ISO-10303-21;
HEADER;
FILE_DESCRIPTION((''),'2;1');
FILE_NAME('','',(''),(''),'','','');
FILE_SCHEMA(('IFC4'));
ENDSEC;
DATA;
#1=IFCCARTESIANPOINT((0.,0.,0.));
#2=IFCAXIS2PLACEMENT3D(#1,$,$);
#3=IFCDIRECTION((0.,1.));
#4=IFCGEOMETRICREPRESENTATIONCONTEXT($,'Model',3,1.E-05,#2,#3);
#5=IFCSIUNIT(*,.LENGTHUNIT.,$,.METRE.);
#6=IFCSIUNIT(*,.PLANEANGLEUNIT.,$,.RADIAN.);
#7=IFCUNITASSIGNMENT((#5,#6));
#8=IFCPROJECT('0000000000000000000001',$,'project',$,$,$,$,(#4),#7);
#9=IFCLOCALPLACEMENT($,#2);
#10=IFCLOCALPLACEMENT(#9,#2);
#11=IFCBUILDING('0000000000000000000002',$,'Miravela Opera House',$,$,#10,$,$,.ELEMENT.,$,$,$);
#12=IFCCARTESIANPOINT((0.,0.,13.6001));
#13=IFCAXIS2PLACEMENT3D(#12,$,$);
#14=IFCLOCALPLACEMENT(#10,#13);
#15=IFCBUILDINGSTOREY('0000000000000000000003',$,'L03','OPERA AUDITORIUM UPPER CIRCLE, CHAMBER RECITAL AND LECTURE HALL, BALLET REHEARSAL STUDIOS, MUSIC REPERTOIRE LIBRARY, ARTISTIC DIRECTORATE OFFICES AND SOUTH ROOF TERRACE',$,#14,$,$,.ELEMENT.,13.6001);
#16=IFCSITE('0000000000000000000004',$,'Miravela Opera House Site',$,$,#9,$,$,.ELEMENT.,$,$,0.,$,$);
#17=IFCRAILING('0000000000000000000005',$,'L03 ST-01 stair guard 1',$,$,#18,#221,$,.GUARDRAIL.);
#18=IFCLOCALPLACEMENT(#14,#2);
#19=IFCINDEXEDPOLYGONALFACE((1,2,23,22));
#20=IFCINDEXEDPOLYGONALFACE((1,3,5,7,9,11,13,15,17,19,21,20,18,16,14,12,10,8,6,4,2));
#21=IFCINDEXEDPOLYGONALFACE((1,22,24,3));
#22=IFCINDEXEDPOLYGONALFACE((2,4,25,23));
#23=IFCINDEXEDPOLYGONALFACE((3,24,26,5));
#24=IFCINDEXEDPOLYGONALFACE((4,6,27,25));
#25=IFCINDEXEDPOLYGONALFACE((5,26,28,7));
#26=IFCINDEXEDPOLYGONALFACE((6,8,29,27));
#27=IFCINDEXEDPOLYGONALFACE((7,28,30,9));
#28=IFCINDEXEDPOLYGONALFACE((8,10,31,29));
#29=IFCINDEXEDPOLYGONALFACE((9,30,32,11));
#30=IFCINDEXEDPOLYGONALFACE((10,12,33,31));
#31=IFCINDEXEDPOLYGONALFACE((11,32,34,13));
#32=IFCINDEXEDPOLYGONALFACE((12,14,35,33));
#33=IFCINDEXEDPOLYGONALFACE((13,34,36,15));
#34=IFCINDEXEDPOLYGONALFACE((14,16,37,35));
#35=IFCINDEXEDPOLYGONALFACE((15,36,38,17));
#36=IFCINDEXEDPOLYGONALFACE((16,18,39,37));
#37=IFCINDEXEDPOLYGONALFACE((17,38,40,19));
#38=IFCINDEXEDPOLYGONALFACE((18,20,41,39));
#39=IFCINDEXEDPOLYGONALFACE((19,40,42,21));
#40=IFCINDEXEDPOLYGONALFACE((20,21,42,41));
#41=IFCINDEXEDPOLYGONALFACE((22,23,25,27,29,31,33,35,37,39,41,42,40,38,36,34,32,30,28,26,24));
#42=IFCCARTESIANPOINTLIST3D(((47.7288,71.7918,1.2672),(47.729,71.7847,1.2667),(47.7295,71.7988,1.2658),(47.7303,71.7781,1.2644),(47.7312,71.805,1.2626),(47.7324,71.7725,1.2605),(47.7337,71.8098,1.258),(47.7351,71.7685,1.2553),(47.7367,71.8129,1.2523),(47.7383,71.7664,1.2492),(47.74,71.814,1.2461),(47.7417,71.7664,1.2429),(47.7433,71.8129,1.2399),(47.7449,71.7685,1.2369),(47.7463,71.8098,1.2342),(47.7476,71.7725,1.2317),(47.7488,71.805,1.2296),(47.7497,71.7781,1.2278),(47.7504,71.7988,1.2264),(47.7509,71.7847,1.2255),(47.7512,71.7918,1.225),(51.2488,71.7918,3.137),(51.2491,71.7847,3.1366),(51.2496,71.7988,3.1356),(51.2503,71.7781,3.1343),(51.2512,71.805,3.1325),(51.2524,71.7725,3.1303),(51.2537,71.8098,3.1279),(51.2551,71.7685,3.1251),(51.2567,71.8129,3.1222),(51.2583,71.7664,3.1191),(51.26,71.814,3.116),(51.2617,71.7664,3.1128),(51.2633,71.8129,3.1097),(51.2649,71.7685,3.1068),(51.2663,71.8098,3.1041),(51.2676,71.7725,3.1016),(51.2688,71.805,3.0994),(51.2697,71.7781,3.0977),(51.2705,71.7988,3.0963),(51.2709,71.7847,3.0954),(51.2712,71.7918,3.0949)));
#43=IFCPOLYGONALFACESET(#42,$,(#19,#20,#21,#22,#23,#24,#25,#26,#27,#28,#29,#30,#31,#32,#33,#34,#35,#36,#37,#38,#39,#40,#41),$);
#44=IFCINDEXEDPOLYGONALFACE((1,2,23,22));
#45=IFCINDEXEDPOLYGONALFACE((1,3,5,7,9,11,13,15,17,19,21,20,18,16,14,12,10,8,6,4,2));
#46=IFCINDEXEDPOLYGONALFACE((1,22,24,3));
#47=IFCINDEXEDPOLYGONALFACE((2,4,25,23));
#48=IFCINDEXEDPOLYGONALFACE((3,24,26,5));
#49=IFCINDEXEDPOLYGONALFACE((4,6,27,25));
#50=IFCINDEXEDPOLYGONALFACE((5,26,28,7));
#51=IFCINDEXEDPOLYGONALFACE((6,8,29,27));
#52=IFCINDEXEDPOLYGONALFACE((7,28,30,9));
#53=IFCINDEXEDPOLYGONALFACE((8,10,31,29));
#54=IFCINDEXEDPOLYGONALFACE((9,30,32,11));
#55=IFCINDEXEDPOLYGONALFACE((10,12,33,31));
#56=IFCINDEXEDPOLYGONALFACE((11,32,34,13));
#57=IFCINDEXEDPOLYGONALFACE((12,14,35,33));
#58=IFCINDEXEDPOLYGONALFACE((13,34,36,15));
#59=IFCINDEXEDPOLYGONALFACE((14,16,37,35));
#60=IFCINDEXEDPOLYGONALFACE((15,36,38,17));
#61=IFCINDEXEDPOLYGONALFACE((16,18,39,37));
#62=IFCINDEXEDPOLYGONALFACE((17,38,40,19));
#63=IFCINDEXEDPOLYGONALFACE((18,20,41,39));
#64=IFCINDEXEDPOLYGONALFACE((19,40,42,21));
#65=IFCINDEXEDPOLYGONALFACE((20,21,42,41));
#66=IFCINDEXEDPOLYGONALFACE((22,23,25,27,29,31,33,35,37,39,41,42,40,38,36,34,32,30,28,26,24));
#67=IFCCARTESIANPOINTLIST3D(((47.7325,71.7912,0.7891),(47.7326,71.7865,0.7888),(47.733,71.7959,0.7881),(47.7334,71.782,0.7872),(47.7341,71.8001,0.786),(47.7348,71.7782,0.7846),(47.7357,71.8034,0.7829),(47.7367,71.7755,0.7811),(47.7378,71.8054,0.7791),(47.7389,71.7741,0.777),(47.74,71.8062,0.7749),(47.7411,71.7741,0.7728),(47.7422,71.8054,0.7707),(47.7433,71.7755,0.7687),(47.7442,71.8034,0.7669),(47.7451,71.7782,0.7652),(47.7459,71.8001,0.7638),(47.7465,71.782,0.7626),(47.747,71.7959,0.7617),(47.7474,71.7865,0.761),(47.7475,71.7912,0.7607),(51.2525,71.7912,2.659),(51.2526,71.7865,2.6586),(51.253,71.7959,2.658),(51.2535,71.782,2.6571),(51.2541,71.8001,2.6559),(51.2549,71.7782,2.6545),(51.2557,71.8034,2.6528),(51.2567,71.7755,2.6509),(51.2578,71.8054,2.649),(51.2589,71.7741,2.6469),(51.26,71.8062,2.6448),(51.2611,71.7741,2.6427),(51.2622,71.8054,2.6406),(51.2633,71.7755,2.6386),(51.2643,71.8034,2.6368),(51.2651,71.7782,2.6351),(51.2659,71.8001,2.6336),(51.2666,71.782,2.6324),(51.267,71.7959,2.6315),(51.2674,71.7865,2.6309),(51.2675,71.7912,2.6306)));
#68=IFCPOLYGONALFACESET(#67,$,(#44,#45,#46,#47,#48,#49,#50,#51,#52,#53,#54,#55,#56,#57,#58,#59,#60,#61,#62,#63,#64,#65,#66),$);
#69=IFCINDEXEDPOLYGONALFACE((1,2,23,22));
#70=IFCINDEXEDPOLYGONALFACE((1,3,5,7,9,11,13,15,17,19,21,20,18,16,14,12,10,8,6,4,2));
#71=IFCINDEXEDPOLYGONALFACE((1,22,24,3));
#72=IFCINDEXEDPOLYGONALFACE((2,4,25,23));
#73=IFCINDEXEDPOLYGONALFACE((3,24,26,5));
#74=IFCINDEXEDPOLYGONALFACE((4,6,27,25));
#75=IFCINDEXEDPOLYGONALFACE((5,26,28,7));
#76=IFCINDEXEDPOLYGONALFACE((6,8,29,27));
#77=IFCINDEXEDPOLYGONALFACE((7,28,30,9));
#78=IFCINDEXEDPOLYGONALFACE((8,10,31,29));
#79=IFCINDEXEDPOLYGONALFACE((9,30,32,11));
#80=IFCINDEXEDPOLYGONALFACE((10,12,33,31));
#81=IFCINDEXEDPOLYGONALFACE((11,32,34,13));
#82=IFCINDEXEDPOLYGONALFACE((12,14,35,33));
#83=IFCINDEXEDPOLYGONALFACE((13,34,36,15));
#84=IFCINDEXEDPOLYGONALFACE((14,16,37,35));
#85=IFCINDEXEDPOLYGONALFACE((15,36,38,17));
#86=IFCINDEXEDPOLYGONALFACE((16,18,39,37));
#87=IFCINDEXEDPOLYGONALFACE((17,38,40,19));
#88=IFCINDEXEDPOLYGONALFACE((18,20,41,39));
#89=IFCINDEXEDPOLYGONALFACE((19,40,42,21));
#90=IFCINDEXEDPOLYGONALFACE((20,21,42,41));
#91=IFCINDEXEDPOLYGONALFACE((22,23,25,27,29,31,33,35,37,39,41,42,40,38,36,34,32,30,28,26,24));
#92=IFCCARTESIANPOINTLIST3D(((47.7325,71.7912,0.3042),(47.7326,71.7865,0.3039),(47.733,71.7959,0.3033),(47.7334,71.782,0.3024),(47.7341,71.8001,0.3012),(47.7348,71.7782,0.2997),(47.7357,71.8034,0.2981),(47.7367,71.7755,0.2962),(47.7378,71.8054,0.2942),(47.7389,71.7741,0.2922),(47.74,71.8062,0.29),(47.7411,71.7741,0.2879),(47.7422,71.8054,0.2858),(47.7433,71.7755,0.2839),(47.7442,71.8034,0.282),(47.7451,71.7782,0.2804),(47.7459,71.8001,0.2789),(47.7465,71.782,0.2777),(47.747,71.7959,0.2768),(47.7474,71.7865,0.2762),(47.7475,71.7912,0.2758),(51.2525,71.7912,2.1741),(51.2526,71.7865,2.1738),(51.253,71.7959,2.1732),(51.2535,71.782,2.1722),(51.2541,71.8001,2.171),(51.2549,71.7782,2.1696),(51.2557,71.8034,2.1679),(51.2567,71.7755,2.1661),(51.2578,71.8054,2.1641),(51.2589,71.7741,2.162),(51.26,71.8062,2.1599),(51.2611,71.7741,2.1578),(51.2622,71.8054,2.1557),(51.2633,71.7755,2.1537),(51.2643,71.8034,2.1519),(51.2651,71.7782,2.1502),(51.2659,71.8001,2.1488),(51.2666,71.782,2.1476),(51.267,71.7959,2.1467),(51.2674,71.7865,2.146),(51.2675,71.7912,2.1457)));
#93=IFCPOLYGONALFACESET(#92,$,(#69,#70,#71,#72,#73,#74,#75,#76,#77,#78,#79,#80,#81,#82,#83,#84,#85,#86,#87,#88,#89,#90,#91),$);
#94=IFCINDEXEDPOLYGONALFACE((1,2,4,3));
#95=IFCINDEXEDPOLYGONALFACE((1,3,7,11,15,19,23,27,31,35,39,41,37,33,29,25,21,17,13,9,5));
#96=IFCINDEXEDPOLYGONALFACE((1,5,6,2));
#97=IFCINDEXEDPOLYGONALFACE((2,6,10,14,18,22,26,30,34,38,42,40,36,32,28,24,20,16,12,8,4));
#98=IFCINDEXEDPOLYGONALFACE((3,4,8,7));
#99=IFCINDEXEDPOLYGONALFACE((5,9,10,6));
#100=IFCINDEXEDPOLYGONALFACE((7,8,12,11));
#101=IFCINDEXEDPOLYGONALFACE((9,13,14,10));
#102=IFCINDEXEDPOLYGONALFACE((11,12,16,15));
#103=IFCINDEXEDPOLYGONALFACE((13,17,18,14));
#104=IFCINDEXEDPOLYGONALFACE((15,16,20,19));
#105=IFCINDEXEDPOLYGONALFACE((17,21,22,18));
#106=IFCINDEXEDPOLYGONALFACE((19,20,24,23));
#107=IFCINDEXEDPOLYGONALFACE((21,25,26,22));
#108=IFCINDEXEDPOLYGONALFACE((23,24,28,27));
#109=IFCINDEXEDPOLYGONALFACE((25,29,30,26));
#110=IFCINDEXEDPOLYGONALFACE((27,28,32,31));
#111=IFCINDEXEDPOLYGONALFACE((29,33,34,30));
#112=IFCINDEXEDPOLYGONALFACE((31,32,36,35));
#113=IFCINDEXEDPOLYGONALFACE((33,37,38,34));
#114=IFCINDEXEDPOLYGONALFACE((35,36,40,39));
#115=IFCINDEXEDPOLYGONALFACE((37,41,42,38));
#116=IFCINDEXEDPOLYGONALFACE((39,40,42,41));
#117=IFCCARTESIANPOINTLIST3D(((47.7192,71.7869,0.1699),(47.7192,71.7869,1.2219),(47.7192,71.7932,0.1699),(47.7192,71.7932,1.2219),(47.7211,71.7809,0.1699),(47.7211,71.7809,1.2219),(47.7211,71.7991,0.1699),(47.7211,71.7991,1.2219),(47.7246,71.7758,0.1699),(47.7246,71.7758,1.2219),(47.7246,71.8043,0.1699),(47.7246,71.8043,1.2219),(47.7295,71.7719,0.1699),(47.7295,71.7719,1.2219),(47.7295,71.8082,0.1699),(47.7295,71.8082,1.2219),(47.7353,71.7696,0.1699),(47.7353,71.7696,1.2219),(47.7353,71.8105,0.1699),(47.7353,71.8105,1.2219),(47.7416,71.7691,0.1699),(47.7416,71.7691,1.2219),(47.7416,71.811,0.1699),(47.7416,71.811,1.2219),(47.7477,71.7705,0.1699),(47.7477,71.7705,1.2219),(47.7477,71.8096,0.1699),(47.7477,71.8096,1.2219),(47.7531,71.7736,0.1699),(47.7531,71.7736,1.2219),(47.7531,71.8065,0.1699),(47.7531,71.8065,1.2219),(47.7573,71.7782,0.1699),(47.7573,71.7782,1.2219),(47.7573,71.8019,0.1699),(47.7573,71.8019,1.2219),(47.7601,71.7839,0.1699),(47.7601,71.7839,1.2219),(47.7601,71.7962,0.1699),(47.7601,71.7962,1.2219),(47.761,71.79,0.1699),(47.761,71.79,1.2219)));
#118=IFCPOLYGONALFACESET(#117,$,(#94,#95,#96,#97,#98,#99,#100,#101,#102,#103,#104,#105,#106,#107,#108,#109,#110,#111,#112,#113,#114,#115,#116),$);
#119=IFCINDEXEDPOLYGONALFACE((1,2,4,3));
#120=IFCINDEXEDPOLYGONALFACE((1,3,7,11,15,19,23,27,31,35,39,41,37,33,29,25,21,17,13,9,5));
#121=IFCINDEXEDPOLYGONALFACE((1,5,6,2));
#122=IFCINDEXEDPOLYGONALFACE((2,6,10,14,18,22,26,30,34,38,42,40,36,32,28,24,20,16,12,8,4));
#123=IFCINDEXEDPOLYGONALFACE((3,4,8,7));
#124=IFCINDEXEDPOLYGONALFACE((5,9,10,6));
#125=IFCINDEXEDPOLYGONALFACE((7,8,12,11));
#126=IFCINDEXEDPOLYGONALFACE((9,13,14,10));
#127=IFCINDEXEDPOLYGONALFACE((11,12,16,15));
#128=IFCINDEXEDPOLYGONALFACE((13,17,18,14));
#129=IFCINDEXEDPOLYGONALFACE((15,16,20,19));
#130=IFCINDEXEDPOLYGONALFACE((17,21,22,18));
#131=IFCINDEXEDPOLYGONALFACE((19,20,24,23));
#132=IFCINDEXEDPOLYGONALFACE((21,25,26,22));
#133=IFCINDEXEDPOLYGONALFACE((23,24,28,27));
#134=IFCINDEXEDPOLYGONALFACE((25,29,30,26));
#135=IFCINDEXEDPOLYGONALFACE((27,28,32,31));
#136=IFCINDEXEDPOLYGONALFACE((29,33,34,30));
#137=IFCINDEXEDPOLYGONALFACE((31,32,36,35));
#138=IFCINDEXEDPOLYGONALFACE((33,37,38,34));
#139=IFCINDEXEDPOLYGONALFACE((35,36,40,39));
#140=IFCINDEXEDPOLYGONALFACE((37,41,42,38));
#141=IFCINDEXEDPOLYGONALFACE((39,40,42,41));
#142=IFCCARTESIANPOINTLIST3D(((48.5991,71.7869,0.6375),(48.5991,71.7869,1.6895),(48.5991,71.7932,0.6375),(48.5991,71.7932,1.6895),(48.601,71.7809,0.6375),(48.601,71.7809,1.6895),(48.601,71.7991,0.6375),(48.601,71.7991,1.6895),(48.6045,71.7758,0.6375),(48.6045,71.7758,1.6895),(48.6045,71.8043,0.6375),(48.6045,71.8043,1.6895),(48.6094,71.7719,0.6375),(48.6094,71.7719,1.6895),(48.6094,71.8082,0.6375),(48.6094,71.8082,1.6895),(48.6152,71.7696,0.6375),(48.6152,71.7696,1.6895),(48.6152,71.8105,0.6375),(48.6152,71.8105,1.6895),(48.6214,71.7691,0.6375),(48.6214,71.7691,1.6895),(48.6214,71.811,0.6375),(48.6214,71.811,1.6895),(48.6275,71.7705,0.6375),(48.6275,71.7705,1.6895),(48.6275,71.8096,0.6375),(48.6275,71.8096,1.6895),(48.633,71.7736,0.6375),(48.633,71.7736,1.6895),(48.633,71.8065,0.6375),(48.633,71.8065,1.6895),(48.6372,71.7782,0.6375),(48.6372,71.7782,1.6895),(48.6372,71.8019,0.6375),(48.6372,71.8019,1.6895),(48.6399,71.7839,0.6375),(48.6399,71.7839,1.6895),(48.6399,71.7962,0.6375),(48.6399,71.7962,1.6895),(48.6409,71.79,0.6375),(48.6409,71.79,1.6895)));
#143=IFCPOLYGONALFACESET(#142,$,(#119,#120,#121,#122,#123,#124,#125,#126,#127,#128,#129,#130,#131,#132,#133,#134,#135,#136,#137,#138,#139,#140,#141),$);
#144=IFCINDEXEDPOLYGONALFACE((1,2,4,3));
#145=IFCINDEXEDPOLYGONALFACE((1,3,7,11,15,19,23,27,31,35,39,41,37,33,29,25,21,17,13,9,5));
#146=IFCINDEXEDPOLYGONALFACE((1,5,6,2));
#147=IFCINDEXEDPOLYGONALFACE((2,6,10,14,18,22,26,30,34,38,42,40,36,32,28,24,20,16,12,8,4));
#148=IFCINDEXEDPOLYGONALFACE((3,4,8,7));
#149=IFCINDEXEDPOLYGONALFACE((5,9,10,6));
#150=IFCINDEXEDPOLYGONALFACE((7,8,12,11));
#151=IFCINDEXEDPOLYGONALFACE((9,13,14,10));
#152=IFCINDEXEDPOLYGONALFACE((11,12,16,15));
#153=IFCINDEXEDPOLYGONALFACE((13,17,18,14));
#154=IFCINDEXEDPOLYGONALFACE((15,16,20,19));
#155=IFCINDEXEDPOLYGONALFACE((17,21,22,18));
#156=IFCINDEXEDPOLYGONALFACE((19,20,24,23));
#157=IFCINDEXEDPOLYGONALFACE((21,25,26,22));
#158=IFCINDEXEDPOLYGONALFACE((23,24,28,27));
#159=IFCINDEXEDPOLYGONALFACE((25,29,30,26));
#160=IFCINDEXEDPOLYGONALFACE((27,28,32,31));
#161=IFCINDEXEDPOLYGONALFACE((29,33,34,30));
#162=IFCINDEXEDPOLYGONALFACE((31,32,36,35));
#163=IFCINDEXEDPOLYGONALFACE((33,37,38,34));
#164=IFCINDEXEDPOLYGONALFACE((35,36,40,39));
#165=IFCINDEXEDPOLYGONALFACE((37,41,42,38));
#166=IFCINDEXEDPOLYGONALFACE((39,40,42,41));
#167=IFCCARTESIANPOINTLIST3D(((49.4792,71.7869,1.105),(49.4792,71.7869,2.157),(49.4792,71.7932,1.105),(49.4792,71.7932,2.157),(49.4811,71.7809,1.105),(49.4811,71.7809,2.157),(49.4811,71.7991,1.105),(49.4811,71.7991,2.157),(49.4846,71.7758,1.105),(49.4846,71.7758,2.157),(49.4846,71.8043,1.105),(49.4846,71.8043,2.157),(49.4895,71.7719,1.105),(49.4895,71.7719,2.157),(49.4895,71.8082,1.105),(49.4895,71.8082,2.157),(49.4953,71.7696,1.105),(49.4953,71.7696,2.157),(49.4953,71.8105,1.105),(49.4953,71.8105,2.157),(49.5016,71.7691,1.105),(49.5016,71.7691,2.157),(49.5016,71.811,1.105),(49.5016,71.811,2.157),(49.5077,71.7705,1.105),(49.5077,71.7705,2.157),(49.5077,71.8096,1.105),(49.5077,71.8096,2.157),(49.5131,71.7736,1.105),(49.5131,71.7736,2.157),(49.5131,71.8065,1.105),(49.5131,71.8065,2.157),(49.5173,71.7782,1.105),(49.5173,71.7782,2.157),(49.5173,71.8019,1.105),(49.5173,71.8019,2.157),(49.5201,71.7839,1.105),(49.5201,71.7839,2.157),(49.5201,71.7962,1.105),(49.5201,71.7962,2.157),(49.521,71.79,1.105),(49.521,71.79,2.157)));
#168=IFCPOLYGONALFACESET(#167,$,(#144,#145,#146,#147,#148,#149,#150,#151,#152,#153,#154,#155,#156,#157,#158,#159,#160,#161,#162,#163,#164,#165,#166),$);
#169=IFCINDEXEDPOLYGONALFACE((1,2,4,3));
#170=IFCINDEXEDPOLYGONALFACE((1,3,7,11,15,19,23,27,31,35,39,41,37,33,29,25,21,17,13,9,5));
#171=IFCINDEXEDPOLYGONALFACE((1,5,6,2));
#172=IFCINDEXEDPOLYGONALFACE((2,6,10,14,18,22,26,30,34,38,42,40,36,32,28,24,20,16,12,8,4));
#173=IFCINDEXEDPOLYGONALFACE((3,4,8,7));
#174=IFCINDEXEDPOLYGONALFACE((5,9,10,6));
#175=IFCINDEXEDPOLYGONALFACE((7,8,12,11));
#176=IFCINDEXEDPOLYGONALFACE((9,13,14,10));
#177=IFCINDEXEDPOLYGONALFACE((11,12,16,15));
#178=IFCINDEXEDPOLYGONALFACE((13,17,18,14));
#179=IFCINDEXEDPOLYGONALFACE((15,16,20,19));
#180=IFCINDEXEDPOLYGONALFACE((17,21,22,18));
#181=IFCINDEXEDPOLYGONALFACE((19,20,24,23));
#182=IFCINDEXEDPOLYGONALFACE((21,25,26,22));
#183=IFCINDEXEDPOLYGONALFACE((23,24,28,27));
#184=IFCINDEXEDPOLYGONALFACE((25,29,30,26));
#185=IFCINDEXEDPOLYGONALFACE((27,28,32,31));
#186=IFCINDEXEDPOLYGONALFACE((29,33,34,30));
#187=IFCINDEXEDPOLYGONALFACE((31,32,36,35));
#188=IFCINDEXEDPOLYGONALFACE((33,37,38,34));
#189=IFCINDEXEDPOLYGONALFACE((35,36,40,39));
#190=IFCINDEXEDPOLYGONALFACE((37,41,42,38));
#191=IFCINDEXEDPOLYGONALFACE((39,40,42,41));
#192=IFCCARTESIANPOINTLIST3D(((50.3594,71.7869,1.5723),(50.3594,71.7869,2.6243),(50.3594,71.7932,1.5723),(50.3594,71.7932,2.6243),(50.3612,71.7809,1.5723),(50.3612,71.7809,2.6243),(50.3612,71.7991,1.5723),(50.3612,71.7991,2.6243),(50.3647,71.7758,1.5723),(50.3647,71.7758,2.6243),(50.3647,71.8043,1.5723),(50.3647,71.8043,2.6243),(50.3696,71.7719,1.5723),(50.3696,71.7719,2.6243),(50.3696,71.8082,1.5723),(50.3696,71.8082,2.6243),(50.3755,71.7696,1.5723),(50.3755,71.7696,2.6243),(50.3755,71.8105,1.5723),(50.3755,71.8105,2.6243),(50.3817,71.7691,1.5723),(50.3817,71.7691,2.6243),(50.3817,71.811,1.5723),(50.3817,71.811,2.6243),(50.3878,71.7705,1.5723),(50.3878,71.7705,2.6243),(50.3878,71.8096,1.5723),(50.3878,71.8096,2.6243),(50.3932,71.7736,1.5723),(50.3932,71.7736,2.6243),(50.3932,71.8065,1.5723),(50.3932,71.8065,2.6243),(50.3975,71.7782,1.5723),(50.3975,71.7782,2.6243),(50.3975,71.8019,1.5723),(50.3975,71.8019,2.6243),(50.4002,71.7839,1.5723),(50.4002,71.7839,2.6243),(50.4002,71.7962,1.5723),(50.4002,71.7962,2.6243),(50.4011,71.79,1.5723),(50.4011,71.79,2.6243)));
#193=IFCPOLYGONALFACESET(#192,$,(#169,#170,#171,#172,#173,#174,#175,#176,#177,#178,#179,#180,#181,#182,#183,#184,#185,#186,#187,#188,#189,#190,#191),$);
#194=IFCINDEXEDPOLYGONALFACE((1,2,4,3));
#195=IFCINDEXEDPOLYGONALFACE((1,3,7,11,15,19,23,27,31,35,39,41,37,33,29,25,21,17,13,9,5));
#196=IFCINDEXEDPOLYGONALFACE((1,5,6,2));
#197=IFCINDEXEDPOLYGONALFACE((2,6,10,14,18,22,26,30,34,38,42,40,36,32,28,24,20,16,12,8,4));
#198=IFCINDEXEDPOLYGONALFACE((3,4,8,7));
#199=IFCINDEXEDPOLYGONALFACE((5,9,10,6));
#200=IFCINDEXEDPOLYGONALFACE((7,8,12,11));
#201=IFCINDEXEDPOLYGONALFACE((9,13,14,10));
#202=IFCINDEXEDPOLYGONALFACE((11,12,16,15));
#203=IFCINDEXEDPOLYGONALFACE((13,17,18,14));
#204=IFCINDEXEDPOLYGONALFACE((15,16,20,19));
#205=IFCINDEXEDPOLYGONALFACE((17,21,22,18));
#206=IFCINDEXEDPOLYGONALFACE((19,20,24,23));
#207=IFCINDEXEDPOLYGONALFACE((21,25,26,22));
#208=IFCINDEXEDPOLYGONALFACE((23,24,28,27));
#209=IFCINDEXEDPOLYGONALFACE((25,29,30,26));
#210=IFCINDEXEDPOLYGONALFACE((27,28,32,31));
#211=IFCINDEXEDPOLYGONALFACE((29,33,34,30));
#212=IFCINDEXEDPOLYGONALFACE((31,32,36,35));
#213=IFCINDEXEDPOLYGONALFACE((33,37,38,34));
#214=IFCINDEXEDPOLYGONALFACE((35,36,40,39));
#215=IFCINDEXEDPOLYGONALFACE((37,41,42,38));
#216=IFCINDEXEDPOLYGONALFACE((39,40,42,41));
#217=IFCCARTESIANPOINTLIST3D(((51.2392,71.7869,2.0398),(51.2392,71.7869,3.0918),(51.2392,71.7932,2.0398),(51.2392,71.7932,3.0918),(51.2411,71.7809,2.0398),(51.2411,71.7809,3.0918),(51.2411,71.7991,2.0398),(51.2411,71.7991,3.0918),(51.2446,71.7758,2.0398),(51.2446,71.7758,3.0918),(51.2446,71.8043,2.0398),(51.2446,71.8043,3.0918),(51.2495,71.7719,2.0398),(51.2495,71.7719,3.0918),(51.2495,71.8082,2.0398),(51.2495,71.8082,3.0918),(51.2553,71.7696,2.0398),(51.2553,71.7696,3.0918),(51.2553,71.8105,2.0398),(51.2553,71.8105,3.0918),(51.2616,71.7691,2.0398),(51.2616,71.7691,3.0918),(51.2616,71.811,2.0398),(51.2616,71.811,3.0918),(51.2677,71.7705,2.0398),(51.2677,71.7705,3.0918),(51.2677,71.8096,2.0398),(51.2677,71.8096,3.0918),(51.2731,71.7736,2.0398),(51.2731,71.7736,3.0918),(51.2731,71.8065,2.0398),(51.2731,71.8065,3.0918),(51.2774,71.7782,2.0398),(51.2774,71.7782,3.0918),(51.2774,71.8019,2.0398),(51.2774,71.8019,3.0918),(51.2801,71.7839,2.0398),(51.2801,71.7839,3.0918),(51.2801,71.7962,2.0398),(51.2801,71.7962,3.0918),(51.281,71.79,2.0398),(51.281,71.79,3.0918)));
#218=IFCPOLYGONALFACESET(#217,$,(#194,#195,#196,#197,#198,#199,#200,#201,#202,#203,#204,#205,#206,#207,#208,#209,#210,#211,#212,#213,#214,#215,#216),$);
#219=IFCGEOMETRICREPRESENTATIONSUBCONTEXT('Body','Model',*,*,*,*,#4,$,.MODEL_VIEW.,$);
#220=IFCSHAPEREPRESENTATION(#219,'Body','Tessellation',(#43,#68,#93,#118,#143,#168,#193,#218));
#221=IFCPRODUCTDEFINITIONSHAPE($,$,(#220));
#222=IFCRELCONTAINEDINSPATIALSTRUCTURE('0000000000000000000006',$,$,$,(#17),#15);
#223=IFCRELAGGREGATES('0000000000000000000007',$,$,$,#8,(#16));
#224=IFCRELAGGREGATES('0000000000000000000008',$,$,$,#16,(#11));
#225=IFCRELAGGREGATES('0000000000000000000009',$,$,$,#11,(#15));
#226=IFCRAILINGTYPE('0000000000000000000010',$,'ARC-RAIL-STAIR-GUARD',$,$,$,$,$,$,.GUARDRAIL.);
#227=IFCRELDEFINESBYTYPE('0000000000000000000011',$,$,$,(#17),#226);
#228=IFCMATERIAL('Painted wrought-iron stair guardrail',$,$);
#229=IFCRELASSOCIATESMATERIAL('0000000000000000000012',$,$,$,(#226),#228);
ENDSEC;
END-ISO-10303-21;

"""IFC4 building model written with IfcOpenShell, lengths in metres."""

from ifc_helpers import new_model, si_unit, direction, frame, origin, origin_2d, place, context, subcontext, project, spatial, circle, extrude, material, type_object, element, save


model = new_model("IFC4")

# Units and contexts
model_context = context("Model", 3, precision=1e-05, world=origin(), true_north=direction((0.0, 1.0)))
body_context = subcontext(model_context, "Body", "Model", "MODEL_VIEW")
ifc_project = project(units=[si_unit("LENGTHUNIT", "METRE"), si_unit("PLANEANGLEUNIT", "RADIAN")], contexts=[model_context])

# Site, building, storey
site_placement = place(None, origin())
site = spatial("IfcSite", under=ifc_project, at=site_placement, Name="Miravela Opera House Site", CompositionType="ELEMENT", RefElevation=0.0)
building_placement = place(site_placement, origin())
building = spatial("IfcBuilding", under=site, at=building_placement, Name="Miravela Opera House", CompositionType="ELEMENT")
storey_placement = place(building_placement, frame((0.0, 0.0, 13.6001)))
storey = spatial("IfcBuildingStorey", under=building, at=storey_placement, Name="L03", Description="OPERA AUDITORIUM UPPER CIRCLE, CHAMBER RECITAL AND LECTURE HALL, BALLET REHEARSAL STUDIOS, MUSIC REPERTOIRE LIBRARY, ARTISTIC DIRECTORATE OFFICES AND SOUTH ROOF TERRACE", CompositionType="ELEMENT", Elevation=13.6001)

# Railing
ifc_material_1 = material(Name="Painted wrought-iron stair guardrail")
railing_type_1 = type_object("IfcRailingType", Name="ARC-RAIL-STAIR-GUARD", PredefinedType="GUARDRAIL", material=ifc_material_1)
railing_1_placement = place(storey_placement, frame((47.74, 71.79, 0.1699)))
element("IfcRailing", 1, at=railing_1_placement, inside=storey, type_object=railing_type_1, Name="L03 ST-01 stair guard 1", PredefinedType="GUARDRAIL", context=body_context, shape_type="SweptSolid", body=[
    extrude(circle(Radius=0.0239, at=origin_2d()), frame((0.0, 0.0, 1.0762), z_axis=(0.88313, 0.0, 0.469128), x_axis=(0.0, 1.0, 0.0)), (0.0, 0.0, 1.0), 3.9858),
    extrude(circle(Radius=0.0161, at=origin_2d()), frame((0.0, 0.0, 0.605), z_axis=(0.88313, 0.0, 0.469128), x_axis=(0.0, 1.0, 0.0)), (0.0, 0.0, 1.0), 3.9858),
    extrude(circle(Radius=0.0161, at=origin_2d()), frame((0.0, 0.0, 0.1201), z_axis=(0.88313, 0.0, 0.469128), x_axis=(0.0, 1.0, 0.0)), (0.0, 0.0, 1.0), 3.9858),
    extrude(circle(Radius=0.021, at=origin_2d()), origin(), (0.0, 0.0, 1.0), 1.052),
    extrude(circle(Radius=0.021, at=origin_2d()), frame((0.8799, 0.0, 0.4675)), (0.0, 0.0, 1.0), 1.052),
    extrude(circle(Radius=0.021, at=origin_2d()), frame((1.76, 0.0, 0.9351)), (0.0, 0.0, 1.0), 1.052),
    extrude(circle(Radius=0.021, at=origin_2d()), frame((2.6401, 0.0, 1.4023)), (0.0, 0.0, 1.0), 1.052),
    extrude(circle(Radius=0.021, at=origin_2d()), frame((3.52, 0.0, 1.8699)), (0.0, 0.0, 1.0), 1.052),
])

save(model, "model.ifc")
